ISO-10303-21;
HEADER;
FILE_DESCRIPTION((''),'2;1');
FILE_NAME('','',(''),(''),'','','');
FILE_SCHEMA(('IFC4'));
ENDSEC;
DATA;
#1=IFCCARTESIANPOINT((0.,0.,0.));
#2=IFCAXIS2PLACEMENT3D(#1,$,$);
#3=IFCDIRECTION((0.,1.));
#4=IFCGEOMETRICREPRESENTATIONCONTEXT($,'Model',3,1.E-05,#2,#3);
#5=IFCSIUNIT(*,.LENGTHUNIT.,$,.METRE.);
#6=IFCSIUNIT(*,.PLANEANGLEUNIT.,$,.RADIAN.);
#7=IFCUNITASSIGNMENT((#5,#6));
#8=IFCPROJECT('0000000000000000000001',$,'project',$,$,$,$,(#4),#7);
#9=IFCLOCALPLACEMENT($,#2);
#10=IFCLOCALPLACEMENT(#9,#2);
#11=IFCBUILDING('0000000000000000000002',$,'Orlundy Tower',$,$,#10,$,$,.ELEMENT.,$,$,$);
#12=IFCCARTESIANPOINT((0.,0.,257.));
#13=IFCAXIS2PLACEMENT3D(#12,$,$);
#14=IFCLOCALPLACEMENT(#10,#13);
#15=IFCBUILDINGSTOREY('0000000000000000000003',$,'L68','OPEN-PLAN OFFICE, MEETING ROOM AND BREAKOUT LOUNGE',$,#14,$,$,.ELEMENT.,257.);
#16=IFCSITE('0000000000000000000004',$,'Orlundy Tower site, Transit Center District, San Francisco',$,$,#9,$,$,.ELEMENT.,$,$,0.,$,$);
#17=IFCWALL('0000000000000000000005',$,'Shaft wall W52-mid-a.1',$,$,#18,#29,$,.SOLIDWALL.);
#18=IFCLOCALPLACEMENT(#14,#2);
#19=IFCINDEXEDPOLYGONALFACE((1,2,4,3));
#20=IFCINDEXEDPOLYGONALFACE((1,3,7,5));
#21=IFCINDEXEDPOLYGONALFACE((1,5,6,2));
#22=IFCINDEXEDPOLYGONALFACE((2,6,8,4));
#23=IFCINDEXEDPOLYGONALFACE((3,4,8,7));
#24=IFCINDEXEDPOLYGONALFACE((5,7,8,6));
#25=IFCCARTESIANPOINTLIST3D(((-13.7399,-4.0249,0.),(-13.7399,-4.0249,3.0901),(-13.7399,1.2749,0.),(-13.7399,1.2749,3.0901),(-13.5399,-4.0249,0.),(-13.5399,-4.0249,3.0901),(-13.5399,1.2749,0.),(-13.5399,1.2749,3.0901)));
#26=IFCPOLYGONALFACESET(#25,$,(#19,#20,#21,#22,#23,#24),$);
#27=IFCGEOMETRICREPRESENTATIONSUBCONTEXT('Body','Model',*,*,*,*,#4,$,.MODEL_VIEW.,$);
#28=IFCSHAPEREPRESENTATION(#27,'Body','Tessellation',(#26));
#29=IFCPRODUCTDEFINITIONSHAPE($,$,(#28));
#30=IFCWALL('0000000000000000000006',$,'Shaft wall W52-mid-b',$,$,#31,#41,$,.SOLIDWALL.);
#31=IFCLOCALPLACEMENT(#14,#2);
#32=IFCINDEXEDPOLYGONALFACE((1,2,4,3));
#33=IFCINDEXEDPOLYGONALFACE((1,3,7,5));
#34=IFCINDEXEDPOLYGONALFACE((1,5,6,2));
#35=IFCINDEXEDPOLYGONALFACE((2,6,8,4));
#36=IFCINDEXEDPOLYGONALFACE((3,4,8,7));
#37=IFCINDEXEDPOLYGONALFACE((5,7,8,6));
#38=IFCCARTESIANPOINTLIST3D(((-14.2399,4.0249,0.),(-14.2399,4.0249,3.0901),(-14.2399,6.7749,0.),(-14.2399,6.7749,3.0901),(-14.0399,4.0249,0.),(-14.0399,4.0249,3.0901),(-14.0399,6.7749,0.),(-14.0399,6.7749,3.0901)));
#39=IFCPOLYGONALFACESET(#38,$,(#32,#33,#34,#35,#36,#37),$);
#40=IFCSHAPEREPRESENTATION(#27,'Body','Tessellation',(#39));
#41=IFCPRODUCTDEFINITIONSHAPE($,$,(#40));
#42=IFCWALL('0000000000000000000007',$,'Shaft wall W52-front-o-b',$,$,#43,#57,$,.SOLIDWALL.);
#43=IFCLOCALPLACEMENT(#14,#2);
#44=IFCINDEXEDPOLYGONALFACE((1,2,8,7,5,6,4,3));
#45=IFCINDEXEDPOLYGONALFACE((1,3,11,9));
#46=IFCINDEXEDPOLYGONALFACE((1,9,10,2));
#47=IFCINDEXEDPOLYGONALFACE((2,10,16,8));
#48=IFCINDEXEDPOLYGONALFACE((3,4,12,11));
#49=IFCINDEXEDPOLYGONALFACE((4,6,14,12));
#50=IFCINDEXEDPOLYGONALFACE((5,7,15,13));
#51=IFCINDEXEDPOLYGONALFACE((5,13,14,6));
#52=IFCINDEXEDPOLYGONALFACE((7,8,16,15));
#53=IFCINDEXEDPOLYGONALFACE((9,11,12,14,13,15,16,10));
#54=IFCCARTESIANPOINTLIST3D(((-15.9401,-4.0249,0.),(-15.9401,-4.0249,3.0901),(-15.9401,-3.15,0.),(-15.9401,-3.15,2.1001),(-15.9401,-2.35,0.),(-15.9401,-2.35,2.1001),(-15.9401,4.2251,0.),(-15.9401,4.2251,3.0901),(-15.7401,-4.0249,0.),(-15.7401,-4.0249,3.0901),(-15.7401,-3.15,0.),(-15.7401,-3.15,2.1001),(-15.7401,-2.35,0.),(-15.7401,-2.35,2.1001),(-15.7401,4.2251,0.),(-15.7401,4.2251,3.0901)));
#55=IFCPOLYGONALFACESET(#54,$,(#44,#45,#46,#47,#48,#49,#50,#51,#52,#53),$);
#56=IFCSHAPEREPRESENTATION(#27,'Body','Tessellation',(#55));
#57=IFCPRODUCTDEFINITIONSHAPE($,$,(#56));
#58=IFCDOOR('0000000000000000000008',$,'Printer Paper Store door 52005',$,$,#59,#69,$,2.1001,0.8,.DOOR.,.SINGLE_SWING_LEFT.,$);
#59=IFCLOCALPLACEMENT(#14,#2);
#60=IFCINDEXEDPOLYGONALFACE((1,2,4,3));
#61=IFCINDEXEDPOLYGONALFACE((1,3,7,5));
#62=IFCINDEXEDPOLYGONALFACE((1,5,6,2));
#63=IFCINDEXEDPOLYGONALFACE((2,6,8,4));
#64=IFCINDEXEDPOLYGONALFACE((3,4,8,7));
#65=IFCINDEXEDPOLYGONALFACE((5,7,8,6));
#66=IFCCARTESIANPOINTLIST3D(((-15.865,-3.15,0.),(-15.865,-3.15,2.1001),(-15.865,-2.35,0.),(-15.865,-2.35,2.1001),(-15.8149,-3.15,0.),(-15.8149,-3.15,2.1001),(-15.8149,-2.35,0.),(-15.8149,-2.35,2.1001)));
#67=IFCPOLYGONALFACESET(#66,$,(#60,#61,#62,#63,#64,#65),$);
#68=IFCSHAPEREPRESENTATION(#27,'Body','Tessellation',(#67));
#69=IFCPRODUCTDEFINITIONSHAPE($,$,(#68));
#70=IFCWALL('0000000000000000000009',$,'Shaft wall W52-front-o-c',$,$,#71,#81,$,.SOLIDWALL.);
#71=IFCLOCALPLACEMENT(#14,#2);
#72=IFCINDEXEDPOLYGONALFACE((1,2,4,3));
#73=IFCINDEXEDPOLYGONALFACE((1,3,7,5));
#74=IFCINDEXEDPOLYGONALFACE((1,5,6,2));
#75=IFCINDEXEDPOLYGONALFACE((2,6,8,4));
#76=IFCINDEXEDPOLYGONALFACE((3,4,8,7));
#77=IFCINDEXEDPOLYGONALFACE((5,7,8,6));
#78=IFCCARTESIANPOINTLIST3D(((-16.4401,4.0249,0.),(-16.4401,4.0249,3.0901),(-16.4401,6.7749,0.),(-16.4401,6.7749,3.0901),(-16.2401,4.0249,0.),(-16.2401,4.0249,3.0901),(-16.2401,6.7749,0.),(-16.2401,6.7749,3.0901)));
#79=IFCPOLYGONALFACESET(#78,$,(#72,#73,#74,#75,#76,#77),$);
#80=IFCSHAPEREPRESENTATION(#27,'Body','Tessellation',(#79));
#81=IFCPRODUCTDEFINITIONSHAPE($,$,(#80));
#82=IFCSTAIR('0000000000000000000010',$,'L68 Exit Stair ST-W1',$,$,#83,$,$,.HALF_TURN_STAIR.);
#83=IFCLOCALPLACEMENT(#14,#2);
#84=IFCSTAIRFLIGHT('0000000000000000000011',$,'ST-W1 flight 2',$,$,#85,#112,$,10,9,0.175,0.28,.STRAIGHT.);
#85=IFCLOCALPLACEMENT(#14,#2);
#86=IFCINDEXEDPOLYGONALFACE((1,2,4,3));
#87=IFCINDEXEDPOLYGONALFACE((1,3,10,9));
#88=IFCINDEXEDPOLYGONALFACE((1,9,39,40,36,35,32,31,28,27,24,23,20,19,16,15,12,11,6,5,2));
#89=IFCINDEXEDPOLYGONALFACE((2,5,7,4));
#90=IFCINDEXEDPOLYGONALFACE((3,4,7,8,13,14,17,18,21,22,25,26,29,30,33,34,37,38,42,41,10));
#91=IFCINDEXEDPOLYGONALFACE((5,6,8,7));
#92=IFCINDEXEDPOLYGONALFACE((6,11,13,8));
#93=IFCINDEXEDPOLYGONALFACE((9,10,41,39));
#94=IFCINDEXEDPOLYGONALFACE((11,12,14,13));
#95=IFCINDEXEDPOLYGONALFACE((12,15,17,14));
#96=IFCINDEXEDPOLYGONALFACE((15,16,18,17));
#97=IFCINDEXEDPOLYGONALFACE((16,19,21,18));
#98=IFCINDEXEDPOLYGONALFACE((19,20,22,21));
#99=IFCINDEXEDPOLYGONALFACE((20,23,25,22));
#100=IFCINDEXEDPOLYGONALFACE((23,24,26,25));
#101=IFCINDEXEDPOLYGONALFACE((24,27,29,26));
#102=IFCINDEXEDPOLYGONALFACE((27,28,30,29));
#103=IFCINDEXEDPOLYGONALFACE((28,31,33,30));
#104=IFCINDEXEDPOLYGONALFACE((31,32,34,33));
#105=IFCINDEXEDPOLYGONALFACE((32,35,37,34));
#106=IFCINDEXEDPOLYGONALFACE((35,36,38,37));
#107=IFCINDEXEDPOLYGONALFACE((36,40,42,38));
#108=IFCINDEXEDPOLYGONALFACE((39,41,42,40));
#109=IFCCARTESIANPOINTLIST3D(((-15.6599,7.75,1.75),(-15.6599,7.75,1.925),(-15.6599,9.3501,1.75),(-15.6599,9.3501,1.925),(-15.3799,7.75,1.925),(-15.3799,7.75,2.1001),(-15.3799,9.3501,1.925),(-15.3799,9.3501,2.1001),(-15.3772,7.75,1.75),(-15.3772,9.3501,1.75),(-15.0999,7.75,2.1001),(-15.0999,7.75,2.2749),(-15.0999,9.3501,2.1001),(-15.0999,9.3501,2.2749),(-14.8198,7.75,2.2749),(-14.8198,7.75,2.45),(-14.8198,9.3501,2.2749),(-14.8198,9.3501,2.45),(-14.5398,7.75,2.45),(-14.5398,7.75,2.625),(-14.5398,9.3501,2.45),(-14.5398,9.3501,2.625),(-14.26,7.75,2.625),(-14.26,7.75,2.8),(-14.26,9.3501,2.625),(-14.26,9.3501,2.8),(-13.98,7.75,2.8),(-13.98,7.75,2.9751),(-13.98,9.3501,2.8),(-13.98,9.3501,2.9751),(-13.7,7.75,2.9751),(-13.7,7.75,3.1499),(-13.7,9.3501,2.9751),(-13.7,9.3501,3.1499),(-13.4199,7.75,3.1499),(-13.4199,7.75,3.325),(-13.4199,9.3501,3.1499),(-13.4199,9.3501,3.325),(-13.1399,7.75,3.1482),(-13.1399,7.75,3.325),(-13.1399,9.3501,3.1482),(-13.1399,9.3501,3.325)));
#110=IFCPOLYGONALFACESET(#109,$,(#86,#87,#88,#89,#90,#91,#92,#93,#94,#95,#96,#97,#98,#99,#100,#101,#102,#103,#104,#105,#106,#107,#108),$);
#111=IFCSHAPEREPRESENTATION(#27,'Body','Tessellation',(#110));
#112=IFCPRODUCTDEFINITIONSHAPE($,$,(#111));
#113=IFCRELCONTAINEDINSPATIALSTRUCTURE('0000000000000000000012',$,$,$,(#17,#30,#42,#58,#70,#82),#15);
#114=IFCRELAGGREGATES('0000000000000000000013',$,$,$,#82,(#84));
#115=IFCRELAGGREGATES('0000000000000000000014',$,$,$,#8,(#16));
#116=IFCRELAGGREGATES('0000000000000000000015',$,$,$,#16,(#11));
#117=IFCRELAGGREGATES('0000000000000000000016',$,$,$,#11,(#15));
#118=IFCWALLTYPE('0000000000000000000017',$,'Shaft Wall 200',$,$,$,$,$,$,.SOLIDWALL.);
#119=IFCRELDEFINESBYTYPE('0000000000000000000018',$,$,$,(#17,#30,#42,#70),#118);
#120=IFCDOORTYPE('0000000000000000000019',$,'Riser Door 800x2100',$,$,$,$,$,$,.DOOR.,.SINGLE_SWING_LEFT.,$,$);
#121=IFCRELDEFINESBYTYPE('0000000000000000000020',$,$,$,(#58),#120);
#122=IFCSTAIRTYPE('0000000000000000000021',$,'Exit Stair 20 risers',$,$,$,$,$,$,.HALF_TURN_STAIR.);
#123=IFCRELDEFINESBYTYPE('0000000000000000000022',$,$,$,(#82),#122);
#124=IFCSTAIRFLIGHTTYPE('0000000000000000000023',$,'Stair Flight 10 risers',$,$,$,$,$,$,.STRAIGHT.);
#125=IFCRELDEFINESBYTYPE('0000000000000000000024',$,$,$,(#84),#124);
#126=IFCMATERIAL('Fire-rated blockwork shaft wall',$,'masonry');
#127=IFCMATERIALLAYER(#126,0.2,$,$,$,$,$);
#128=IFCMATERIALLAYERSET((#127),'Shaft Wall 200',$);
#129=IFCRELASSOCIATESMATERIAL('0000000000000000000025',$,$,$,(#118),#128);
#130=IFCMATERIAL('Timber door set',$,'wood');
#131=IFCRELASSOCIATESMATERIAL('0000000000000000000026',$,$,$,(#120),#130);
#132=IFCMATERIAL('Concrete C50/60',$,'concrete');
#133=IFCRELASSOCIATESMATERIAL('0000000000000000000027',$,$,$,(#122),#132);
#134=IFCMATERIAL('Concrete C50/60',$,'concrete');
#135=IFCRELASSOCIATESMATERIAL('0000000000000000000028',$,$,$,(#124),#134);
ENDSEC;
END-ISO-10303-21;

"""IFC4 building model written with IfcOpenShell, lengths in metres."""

from ifc_helpers import new_model, si_unit, direction, frame, frame_2d, origin, place, context, subcontext, project, spatial, polyline, rectangle, outline, extrude, material, layer, layer_set, type_object, element, fill, aggregate, save


model = new_model("IFC4")

# Units and contexts
model_context = context("Model", 3, precision=1e-05, world=origin(), true_north=direction((0.0, 1.0)))
body_context = subcontext(model_context, "Body", "Model", "MODEL_VIEW")
ifc_project = project(units=[si_unit("LENGTHUNIT", "METRE"), si_unit("PLANEANGLEUNIT", "RADIAN")], contexts=[model_context])

# Site, building, storey
site_placement = place(None, origin())
site = spatial("IfcSite", under=ifc_project, at=site_placement, Name="Orlundy Tower site, Transit Center District, San Francisco", CompositionType="ELEMENT", RefElevation=0.0)
building_placement = place(site_placement, origin())
building = spatial("IfcBuilding", under=site, at=building_placement, Name="Orlundy Tower", CompositionType="ELEMENT")
storey_placement = place(building_placement, frame((0.0, 0.0, 257.0)))
storey = spatial("IfcBuildingStorey", under=building, at=storey_placement, Name="L68", Description="OPEN-PLAN OFFICE, MEETING ROOM AND BREAKOUT LOUNGE", CompositionType="ELEMENT", Elevation=257.0)

# Walls
ifc_material_1 = material(Name="Fire-rated blockwork shaft wall", Category="masonry")
ifc_layer_1 = layer(ifc_material_1, 0.2)
ifc_layer_set_1 = layer_set([ifc_layer_1], Name="Shaft Wall 200")
wall_type_1 = type_object("IfcWallType", Name="Shaft Wall 200", PredefinedType="SOLIDWALL", material=ifc_layer_set_1)
wall_1_placement = place(storey_placement, frame((-13.6399, -4.0249, 0.0), z_axis=(0.0, 0.0, 1.0), x_axis=(0.0, 1.0, 0.0)))
element("IfcWall", 1, at=wall_1_placement, inside=storey, type_object=wall_type_1, Name="Shaft wall W52-mid-a.1", PredefinedType="SOLIDWALL", context=body_context, shape_type="SweptSolid", body=[
    extrude(rectangle(XDim=5.2998, YDim=0.2, at=frame_2d((2.6499, 0.0))), origin(), (0.0, 0.0, 1.0), 3.0901),
])
wall_2_placement = place(storey_placement, frame((-14.1399, 4.0249, 0.0), z_axis=(0.0, 0.0, 1.0), x_axis=(0.0, 1.0, 0.0)))
element("IfcWall", 2, at=wall_2_placement, inside=storey, type_object=wall_type_1, Name="Shaft wall W52-mid-b", PredefinedType="SOLIDWALL", context=body_context, shape_type="SweptSolid", body=[
    extrude(rectangle(XDim=2.75, YDim=0.2, at=frame_2d((1.375, 0.0))), origin(), (0.0, 0.0, 1.0), 3.0901),
])

# Wall, opening, door
wall_3_placement = place(storey_placement, frame((-15.8401, -4.0249, 0.0), z_axis=(0.0, 0.0, 1.0), x_axis=(0.0, 1.0, 0.0)))
wall_3 = element("IfcWall", 3, at=wall_3_placement, inside=storey, type_object=wall_type_1, Name="Shaft wall W52-front-o-b", PredefinedType="SOLIDWALL", context=body_context, shape_type="SweptSolid", body=[
    extrude(rectangle(XDim=8.25, YDim=0.2, at=frame_2d((4.125, 0.0))), origin(), (0.0, 0.0, 1.0), 3.0901),
])
opening_placement = place(wall_3_placement, frame((0.875, 0.0, 0.0)))
opening = element("IfcOpeningElement", 4, at=opening_placement, cuts=wall_3, PredefinedType="OPENING", context=body_context, shape_type="SweptSolid", body=[
    extrude(rectangle(XDim=0.8, YDim=2.1001, at=frame_2d((0.3999, 1.05))), frame((0.0, 0.1101, 0.0), z_axis=(0.0, -1.0, 0.0), x_axis=(1.0, 0.0, 0.0)), (0.0, 0.0, 1.0), 0.2202),
])
ifc_material_2 = material(Name="Timber door set", Category="wood")
door_type = type_object("IfcDoorType", Name="Riser Door 800x2100", OperationType="SINGLE_SWING_LEFT", PredefinedType="DOOR", material=ifc_material_2)
door_placement = place(opening_placement, origin())
door = element("IfcDoor", 5, at=door_placement, inside=storey, type_object=door_type, Name="Printer Paper Store door 52005", OperationType="SINGLE_SWING_LEFT", OverallHeight=2.1001, OverallWidth=0.8, PredefinedType="DOOR", context=body_context, shape_type="SweptSolid", body=[
    extrude(rectangle(XDim=0.8, YDim=2.1001, at=frame_2d((0.3999, 1.05))), frame((0.0, 0.0249, 0.0), z_axis=(0.0, -1.0, 0.0), x_axis=(1.0, 0.0, 0.0)), (0.0, 0.0, 1.0), 0.05),
])
fill(opening, door)

# Wall
wall_4_placement = place(storey_placement, frame((-16.3401, 4.0249, 0.0), z_axis=(0.0, 0.0, 1.0), x_axis=(0.0, 1.0, 0.0)))
element("IfcWall", 6, at=wall_4_placement, inside=storey, type_object=wall_type_1, Name="Shaft wall W52-front-o-c", PredefinedType="SOLIDWALL", context=body_context, shape_type="SweptSolid", body=[
    extrude(rectangle(XDim=2.75, YDim=0.2, at=frame_2d((1.375, 0.0))), origin(), (0.0, 0.0, 1.0), 3.0901),
])

# Stair, stair flight
ifc_material_3 = material(Name="Concrete C50/60", Category="concrete")
stair_type = type_object("IfcStairType", Name="Exit Stair 20 risers", PredefinedType="HALF_TURN_STAIR", material=ifc_material_3)
stair_placement = place(storey_placement, origin())
stair = element("IfcStair", 7, at=stair_placement, inside=storey, type_object=stair_type, Name="L68 Exit Stair ST-W1", PredefinedType="HALF_TURN_STAIR")
ifc_material_4 = material(Name="Concrete C50/60", Category="concrete")
stair_flight_type = type_object("IfcStairFlightType", Name="Stair Flight 10 risers", PredefinedType="STRAIGHT", material=ifc_material_4)
stair_flight_placement = place(storey_placement, frame((-15.6599, 8.55, 1.75), z_axis=(0.0, 0.0, 1.0), x_axis=(1.0, 0.0, 0.0)))
stair_flight = element("IfcStairFlight", 8, at=stair_flight_placement, type_object=stair_flight_type, Name="ST-W1 flight 2", NumberOfRisers=10, NumberOfTreads=9, PredefinedType="STRAIGHT", RiserHeight=0.175, TreadLength=0.28, context=body_context, shape_type="SweptSolid", body=[
    extrude(outline(polyline([(0.0, 0.0), (0.0, 0.175), (0.28, 0.175), (0.28, 0.3501), (0.5601, 0.3501), (0.5601, 0.5249), (0.8401, 0.5249), (0.8401, 0.7), (1.1201, 0.7), (1.1201, 0.875), (1.3999, 0.875), (1.3999, 1.05), (1.6799, 1.05), (1.6799, 1.2251), (1.96, 1.2251), (1.96, 1.3999), (2.24, 1.3999), (2.24, 1.575), (2.52, 1.575), (2.52, 1.75), (2.52, 1.3982), (0.2827, 0.0), (0.0, 0.0)])), frame((0.0, 0.8, 0.0), z_axis=(0.0, -1.0, 0.0), x_axis=(1.0, 0.0, 0.0)), (0.0, 0.0, 1.0), 1.6001),
])
aggregate(stair, [stair_flight])

save(model, "model.ifc")
